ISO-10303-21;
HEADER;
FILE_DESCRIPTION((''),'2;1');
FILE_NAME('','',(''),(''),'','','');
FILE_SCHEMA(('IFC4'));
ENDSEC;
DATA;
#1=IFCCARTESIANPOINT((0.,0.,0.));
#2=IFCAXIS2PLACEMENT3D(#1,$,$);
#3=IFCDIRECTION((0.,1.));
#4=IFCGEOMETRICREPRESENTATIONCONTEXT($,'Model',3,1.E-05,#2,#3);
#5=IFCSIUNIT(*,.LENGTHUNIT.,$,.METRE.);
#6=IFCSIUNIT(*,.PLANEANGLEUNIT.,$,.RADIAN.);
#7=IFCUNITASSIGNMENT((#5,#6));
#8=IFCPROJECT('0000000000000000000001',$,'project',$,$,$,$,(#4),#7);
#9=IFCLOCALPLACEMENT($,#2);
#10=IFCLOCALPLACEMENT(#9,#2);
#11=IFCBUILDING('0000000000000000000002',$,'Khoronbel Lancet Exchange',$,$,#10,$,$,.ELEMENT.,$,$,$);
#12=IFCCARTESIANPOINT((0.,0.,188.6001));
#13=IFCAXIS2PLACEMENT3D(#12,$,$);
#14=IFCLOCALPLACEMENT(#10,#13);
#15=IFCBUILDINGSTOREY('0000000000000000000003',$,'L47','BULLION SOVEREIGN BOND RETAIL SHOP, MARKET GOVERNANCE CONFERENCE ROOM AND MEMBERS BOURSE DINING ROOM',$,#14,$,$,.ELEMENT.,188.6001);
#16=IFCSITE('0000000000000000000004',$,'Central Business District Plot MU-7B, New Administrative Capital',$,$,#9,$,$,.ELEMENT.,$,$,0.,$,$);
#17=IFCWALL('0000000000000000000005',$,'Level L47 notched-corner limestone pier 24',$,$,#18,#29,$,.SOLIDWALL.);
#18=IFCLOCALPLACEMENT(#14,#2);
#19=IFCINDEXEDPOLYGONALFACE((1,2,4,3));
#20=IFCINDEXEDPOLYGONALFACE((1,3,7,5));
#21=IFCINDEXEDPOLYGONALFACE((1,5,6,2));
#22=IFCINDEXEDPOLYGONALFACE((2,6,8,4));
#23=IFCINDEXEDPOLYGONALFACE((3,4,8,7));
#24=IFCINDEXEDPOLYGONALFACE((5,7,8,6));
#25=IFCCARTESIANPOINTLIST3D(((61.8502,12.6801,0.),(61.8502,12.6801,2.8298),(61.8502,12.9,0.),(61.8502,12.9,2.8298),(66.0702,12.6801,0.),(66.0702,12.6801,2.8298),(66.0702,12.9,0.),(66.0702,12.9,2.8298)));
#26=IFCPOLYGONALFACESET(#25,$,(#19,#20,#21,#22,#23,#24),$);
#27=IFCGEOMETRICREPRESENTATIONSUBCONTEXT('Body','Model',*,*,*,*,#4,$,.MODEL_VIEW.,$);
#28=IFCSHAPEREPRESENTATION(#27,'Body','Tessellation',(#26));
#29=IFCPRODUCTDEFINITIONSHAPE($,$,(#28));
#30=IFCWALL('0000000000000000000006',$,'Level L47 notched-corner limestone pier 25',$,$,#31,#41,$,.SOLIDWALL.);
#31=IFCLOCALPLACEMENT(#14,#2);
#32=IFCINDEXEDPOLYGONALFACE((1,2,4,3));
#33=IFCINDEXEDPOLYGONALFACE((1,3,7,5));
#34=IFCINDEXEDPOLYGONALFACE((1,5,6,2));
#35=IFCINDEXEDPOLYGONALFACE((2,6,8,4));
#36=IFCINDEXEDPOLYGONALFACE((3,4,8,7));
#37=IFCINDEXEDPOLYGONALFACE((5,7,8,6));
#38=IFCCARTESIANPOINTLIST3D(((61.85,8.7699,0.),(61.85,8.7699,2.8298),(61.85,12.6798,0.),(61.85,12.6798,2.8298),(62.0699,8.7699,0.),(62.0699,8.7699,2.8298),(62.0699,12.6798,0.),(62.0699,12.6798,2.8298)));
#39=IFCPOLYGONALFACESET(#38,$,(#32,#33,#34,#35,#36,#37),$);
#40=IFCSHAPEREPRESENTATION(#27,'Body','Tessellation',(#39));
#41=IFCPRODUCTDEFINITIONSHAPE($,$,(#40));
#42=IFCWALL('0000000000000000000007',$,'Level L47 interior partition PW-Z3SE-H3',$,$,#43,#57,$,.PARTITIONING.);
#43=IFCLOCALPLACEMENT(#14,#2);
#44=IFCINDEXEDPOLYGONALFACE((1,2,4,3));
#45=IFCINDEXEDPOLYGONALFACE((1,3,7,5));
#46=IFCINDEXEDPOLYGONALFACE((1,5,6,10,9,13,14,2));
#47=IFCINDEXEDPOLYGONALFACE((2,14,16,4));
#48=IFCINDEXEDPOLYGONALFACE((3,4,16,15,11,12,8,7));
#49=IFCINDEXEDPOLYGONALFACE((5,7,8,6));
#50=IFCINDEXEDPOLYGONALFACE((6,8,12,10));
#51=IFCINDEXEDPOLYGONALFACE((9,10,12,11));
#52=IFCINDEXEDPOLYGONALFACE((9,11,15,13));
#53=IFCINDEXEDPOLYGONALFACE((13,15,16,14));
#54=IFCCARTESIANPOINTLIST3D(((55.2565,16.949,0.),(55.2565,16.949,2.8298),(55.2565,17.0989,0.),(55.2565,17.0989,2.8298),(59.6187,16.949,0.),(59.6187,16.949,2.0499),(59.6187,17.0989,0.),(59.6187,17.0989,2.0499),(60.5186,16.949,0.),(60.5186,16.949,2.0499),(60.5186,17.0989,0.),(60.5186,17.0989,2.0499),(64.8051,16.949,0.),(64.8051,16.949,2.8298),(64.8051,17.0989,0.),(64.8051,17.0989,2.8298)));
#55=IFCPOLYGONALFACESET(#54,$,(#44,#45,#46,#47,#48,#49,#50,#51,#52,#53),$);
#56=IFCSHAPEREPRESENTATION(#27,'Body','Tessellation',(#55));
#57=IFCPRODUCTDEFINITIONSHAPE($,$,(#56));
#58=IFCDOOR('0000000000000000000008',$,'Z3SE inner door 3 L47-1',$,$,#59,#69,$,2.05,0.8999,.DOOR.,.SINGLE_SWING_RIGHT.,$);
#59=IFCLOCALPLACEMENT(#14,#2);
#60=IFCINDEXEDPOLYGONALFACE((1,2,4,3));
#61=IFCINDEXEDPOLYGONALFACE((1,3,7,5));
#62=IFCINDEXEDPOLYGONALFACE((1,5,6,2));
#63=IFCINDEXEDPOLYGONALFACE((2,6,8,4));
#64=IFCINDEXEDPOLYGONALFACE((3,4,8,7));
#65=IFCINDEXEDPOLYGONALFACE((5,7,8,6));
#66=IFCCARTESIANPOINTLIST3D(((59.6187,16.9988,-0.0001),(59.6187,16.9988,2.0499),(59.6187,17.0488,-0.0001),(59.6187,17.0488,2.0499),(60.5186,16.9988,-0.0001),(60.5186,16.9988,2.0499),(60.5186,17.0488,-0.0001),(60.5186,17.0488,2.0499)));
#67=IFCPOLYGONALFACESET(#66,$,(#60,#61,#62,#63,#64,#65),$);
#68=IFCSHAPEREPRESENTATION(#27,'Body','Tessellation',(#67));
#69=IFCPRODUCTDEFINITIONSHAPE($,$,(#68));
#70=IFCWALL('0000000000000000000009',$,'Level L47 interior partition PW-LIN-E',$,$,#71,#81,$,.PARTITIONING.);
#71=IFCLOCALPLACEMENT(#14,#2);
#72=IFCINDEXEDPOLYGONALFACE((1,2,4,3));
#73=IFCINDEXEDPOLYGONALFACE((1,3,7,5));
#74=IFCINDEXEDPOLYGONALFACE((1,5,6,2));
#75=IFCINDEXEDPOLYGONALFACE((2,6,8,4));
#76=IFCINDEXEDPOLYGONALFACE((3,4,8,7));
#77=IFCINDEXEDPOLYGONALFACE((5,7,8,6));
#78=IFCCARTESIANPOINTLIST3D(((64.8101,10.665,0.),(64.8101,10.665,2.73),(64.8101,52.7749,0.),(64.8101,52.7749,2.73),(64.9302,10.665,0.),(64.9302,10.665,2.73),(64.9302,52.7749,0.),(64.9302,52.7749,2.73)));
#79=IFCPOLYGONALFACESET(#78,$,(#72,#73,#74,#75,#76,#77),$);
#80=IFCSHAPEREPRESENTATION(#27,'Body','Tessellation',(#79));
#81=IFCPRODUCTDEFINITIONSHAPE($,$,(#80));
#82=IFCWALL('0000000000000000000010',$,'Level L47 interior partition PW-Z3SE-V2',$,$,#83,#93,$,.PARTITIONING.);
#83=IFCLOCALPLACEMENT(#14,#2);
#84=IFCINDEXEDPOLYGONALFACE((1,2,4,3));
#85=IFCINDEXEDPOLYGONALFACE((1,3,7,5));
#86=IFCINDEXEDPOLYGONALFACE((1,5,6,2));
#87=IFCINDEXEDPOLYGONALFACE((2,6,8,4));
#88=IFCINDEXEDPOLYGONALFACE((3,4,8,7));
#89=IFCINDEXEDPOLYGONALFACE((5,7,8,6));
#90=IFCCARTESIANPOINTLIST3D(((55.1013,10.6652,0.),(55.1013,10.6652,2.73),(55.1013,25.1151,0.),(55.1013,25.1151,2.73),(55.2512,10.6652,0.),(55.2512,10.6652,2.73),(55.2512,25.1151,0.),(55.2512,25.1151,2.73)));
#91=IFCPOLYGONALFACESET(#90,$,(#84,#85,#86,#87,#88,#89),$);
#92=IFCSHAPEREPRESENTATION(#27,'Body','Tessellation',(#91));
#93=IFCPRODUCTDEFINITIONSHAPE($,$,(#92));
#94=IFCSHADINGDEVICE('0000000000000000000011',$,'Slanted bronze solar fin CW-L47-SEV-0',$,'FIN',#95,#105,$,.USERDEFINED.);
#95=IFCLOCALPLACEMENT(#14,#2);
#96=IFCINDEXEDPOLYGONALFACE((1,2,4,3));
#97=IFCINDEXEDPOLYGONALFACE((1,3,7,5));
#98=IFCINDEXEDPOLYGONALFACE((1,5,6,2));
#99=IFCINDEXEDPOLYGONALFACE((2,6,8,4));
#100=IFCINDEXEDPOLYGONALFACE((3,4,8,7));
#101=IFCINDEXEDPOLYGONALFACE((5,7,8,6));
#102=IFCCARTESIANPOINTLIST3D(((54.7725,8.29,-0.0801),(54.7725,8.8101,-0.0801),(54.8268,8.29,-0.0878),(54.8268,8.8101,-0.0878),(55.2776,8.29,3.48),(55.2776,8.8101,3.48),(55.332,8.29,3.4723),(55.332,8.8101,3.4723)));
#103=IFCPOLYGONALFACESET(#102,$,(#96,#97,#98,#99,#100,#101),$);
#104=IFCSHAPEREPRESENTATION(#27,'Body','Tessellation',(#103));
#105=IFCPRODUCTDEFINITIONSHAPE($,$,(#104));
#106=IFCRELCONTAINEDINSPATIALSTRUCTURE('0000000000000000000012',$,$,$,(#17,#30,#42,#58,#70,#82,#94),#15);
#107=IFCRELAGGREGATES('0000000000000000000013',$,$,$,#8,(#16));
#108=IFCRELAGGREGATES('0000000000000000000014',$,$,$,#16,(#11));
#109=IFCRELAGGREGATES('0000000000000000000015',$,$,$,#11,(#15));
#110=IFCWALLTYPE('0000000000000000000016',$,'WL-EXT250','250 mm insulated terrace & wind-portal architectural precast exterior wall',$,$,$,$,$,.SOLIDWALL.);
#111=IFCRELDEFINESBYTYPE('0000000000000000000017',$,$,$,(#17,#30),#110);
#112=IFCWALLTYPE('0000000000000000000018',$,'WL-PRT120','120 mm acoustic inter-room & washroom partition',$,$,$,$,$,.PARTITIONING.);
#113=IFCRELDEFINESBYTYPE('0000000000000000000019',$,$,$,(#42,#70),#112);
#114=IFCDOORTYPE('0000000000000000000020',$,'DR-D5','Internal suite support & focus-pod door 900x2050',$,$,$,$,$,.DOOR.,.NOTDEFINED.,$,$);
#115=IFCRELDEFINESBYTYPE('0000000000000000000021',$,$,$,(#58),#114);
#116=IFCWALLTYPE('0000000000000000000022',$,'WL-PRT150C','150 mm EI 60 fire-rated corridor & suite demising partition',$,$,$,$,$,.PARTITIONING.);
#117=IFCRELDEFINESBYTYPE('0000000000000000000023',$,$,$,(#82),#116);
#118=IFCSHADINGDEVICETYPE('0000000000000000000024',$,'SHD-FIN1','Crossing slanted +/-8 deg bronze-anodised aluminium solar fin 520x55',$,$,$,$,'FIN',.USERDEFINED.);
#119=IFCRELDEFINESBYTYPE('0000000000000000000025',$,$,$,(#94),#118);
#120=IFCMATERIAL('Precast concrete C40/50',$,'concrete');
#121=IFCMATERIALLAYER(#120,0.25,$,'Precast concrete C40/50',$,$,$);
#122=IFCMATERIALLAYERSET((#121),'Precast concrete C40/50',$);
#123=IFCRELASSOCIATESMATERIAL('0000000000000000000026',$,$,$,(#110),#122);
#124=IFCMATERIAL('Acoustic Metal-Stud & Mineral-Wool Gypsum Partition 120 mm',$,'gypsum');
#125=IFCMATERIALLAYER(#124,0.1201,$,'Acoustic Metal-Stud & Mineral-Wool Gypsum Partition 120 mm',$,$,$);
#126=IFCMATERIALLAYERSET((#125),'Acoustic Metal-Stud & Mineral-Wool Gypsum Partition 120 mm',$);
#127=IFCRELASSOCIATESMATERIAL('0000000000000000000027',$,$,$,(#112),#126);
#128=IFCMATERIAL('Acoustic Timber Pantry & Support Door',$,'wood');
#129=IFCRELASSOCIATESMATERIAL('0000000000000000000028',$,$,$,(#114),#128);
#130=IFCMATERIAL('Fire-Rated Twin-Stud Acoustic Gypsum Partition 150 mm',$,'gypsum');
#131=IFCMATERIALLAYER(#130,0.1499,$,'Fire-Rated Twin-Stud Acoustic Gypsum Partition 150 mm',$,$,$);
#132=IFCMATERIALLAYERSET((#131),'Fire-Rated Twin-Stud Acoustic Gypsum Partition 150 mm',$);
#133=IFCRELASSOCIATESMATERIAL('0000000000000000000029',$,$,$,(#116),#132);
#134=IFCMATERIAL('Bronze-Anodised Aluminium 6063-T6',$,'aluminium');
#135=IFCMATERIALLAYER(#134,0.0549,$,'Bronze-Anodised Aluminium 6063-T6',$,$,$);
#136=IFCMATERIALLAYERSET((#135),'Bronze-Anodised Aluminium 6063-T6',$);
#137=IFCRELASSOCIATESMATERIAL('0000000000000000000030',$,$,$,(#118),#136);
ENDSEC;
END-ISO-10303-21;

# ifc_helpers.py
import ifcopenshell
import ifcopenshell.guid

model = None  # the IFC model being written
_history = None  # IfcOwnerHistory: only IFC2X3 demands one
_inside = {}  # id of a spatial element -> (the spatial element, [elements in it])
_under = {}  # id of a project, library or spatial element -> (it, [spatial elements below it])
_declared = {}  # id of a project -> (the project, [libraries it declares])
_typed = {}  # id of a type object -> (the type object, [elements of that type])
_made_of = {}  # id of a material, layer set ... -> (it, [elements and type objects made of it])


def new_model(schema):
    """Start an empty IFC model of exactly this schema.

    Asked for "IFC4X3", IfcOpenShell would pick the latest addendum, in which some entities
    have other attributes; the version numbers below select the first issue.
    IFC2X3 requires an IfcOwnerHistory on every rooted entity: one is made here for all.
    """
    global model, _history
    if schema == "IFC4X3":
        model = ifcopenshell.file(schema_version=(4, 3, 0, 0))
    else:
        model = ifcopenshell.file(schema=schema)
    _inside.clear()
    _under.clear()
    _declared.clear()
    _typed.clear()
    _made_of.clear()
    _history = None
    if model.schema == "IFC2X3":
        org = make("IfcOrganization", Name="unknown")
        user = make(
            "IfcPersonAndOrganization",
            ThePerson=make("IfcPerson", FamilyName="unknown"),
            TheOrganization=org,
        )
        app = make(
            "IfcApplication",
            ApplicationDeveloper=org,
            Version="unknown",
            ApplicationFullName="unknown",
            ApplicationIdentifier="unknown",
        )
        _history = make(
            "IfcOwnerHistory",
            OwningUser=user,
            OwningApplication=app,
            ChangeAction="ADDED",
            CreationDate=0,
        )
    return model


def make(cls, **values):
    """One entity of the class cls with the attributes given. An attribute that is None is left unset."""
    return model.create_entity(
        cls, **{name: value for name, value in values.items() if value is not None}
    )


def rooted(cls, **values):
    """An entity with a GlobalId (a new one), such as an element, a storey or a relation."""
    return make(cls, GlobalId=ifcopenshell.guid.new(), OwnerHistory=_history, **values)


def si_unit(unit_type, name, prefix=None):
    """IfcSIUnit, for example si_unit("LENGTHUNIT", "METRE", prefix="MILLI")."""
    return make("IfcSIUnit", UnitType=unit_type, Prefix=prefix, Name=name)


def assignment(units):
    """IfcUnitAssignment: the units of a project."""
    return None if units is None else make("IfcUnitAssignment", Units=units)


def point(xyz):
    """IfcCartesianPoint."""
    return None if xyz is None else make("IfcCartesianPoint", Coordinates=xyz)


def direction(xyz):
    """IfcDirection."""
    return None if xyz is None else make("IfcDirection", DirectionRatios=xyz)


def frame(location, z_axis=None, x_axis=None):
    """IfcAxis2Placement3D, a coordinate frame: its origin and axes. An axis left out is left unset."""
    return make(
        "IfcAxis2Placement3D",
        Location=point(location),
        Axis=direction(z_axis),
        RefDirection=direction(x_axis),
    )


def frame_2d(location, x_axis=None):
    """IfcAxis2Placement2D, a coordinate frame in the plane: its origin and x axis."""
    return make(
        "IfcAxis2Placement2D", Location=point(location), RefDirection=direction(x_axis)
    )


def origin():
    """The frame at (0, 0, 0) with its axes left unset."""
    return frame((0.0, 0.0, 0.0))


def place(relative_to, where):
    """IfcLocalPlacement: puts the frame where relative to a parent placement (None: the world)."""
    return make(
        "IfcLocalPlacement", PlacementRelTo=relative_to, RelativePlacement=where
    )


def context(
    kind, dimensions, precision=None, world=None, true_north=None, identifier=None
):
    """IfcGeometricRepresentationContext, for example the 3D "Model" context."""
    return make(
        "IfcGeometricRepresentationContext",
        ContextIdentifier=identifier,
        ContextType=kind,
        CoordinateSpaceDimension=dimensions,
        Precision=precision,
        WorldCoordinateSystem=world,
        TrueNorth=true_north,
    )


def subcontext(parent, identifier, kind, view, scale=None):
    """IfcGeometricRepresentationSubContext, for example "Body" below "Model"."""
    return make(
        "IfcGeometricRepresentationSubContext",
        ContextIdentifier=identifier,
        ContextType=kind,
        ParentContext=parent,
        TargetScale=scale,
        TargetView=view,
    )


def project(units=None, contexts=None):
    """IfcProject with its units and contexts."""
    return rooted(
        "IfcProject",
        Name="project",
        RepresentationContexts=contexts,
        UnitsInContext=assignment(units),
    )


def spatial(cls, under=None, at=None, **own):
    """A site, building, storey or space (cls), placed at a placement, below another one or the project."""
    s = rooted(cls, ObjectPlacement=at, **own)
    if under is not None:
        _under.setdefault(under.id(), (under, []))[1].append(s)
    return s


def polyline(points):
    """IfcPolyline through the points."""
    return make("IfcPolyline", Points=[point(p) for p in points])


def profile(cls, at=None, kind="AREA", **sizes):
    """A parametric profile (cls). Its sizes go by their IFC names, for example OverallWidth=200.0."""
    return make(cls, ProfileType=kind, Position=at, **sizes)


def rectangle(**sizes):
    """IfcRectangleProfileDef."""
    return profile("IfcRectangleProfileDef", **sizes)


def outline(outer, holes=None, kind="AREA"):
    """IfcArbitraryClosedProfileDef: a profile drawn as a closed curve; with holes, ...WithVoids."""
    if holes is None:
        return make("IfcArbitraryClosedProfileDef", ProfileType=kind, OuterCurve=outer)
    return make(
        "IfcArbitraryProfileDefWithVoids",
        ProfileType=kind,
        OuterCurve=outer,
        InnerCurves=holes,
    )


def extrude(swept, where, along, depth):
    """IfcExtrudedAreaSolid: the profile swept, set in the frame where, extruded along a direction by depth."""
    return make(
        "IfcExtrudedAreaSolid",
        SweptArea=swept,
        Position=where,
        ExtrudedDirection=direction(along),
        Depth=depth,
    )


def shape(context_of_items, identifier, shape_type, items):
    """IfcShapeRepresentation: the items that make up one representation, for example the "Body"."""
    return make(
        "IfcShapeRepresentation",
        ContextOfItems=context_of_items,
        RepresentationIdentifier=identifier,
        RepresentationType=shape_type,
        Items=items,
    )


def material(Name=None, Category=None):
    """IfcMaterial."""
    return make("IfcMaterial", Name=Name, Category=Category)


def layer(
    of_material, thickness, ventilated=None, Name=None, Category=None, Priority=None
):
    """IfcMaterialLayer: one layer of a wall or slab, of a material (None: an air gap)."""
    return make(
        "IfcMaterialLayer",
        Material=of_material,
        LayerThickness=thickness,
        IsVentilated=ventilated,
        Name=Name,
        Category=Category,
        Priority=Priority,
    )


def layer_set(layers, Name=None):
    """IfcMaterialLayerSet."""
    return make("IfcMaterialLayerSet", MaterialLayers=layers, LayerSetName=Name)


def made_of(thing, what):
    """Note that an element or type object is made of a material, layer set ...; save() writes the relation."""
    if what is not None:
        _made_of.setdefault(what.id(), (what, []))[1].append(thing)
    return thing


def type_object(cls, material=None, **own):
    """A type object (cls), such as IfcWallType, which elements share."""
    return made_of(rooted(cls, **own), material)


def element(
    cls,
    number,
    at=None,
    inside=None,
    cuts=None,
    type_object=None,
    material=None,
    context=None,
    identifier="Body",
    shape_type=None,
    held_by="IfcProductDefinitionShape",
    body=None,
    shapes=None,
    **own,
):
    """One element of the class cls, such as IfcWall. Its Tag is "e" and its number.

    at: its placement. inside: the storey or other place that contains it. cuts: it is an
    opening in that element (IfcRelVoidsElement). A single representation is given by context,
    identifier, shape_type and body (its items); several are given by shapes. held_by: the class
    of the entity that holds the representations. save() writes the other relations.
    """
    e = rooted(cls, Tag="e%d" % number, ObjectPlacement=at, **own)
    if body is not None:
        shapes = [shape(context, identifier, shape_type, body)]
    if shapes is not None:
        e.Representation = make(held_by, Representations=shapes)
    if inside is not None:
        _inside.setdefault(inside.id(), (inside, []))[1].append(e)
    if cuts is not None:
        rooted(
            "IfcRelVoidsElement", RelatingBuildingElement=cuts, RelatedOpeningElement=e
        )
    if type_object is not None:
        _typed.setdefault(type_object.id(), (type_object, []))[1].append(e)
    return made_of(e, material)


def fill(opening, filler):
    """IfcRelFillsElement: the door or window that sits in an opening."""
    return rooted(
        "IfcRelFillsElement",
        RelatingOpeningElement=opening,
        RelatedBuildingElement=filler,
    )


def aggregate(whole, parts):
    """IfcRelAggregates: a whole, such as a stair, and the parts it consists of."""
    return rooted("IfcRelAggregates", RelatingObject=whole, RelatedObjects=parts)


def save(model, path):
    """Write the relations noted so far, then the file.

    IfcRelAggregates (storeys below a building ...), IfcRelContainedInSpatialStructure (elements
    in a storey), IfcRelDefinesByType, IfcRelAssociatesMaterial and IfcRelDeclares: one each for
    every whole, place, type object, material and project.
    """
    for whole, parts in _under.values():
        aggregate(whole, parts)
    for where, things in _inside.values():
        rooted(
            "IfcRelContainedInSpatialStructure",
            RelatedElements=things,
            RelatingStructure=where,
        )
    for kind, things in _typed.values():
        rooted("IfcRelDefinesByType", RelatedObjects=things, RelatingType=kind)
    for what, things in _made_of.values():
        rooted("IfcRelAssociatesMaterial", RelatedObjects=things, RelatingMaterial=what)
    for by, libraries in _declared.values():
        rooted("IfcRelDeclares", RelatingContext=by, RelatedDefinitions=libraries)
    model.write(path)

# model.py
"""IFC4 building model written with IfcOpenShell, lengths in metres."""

from ifc_helpers import new_model, si_unit, direction, frame, frame_2d, origin, place, context, subcontext, project, spatial, polyline, rectangle, outline, extrude, material, layer, layer_set, type_object, element, fill, save


model = new_model("IFC4")

# Units and contexts
model_context = context("Model", 3, precision=1e-05, world=origin(), true_north=direction((0.0, 1.0)))
body_context = subcontext(model_context, "Body", "Model", "MODEL_VIEW")
ifc_project = project(units=[si_unit("LENGTHUNIT", "METRE"), si_unit("PLANEANGLEUNIT", "RADIAN")], contexts=[model_context])

# Site, building, storey
site_placement = place(None, origin())
site = spatial("IfcSite", under=ifc_project, at=site_placement, Name="Central Business District Plot MU-7B, New Administrative Capital", CompositionType="ELEMENT", RefElevation=0.0)
building_placement = place(site_placement, origin())
building = spatial("IfcBuilding", under=site, at=building_placement, Name="Khoronbel Lancet Exchange", CompositionType="ELEMENT")
storey_placement = place(building_placement, frame((0.0, 0.0, 188.6001)))
storey = spatial("IfcBuildingStorey", under=building, at=storey_placement, Name="L47", Description="BULLION SOVEREIGN BOND RETAIL SHOP, MARKET GOVERNANCE CONFERENCE ROOM AND MEMBERS BOURSE DINING ROOM", CompositionType="ELEMENT", Elevation=188.6001)

# Shared definitions
ifc_material_1 = material(Name="Bronze-Anodised Aluminium 6063-T6", Category="aluminium")

# Walls
ifc_material_2 = material(Name="Precast concrete C40/50", Category="concrete")
ifc_layer_1 = layer(ifc_material_2, 0.25, Name="Precast concrete C40/50")
ifc_layer_set_1 = layer_set([ifc_layer_1], Name="Precast concrete C40/50")
wall_type_1 = type_object("IfcWallType", Name="WL-EXT250", Description="250 mm insulated terrace & wind-portal architectural precast exterior wall", PredefinedType="SOLIDWALL", material=ifc_layer_set_1)
wall_1_placement = place(storey_placement, frame((66.0701, 12.79, 0.0), z_axis=(0.0, 0.0, 1.0), x_axis=(-1.0, 0.0, 0.0)))
element("IfcWall", 1, at=wall_1_placement, inside=storey, type_object=wall_type_1, Name="Level L47 notched-corner limestone pier 24", PredefinedType="SOLIDWALL", context=body_context, shape_type="SweptSolid", body=[
    extrude(rectangle(XDim=4.22, YDim=0.22, at=frame_2d((2.1099, 0.0))), origin(), (0.0, 0.0, 1.0), 2.8298),
])
wall_2_placement = place(storey_placement, frame((61.96, 12.6799, 0.0), z_axis=(0.0, 0.0, 1.0), x_axis=(0.0, -1.0, 0.0)))
element("IfcWall", 2, at=wall_2_placement, inside=storey, type_object=wall_type_1, Name="Level L47 notched-corner limestone pier 25", PredefinedType="SOLIDWALL", context=body_context, shape_type="SweptSolid", body=[
    extrude(rectangle(XDim=3.9099, YDim=0.22, at=frame_2d((1.9551, 0.0))), origin(), (0.0, 0.0, 1.0), 2.8298),
])

# Wall, opening, door
ifc_material_3 = material(Name="Acoustic Metal-Stud & Mineral-Wool Gypsum Partition 120 mm", Category="gypsum")
ifc_layer_2 = layer(ifc_material_3, 0.1201, Name="Acoustic Metal-Stud & Mineral-Wool Gypsum Partition 120 mm")
ifc_layer_set_2 = layer_set([ifc_layer_2], Name="Acoustic Metal-Stud & Mineral-Wool Gypsum Partition 120 mm")
wall_type_2 = type_object("IfcWallType", Name="WL-PRT120", Description="120 mm acoustic inter-room & washroom partition", PredefinedType="PARTITIONING", material=ifc_layer_set_2)
wall_3_placement = place(storey_placement, frame((55.2563, 17.0239, 0.0), z_axis=(0.0, 0.0, 1.0), x_axis=(1.0, 0.0, 0.0)))
wall_3 = element("IfcWall", 3, at=wall_3_placement, inside=storey, type_object=wall_type_2, Name="Level L47 interior partition PW-Z3SE-H3", PredefinedType="PARTITIONING", context=body_context, shape_type="SweptSolid", body=[
    extrude(rectangle(XDim=9.5486, YDim=0.1499, at=frame_2d((4.7744, 0.0))), origin(), (0.0, 0.0, 1.0), 2.8298),
])
opening_placement = place(wall_3_placement, frame((4.3623, 0.0, 0.0)))
opening = element("IfcOpeningElement", 4, at=opening_placement, cuts=wall_3, PredefinedType="OPENING", context=body_context, shape_type="SweptSolid", body=[
    extrude(rectangle(XDim=0.8999, YDim=2.05, at=frame_2d((0.45, 1.0249))), frame((0.0, 0.085, 0.0), z_axis=(0.0, -1.0, 0.0), x_axis=(1.0, 0.0, 0.0)), (0.0, 0.0, 1.0), 0.1699),
])
ifc_material_4 = material(Name="Acoustic Timber Pantry & Support Door", Category="wood")
door_type = type_object("IfcDoorType", Name="DR-D5", Description="Internal suite support & focus-pod door 900x2050", OperationType="NOTDEFINED", PredefinedType="DOOR", material=ifc_material_4)
door_placement = place(opening_placement, origin())
door = element("IfcDoor", 5, at=door_placement, inside=storey, type_object=door_type, Name="Z3SE inner door 3 L47-1", OperationType="SINGLE_SWING_RIGHT", OverallHeight=2.05, OverallWidth=0.8999, PredefinedType="DOOR", context=body_context, shape_type="SweptSolid", body=[
    extrude(rectangle(XDim=0.8999, YDim=2.05, at=frame_2d((0.45, 1.0249))), frame((0.0, 0.0249, 0.0), z_axis=(0.0, -1.0, 0.0), x_axis=(1.0, 0.0, 0.0)), (0.0, 0.0, 1.0), 0.05),
])
fill(opening, door)

# Walls
wall_4_placement = place(storey_placement, frame((64.8701, 10.665, 0.0), z_axis=(0.0, 0.0, 1.0), x_axis=(0.0, 1.0, 0.0)))
element("IfcWall", 6, at=wall_4_placement, inside=storey, type_object=wall_type_2, Name="Level L47 interior partition PW-LIN-E", PredefinedType="PARTITIONING", context=body_context, shape_type="SweptSolid", body=[
    extrude(rectangle(XDim=42.1099, YDim=0.1201, at=frame_2d((21.0549, 0.0))), origin(), (0.0, 0.0, 1.0), 2.73),
])
ifc_material_5 = material(Name="Fire-Rated Twin-Stud Acoustic Gypsum Partition 150 mm", Category="gypsum")
ifc_layer_3 = layer(ifc_material_5, 0.1499, Name="Fire-Rated Twin-Stud Acoustic Gypsum Partition 150 mm")
ifc_layer_set_3 = layer_set([ifc_layer_3], Name="Fire-Rated Twin-Stud Acoustic Gypsum Partition 150 mm")
wall_type_3 = type_object("IfcWallType", Name="WL-PRT150C", Description="150 mm EI 60 fire-rated corridor & suite demising partition", PredefinedType="PARTITIONING", material=ifc_layer_set_3)
wall_5_placement = place(storey_placement, frame((55.1763, 10.665, 0.0), z_axis=(0.0, 0.0, 1.0), x_axis=(0.0, 1.0, 0.0)))
element("IfcWall", 7, at=wall_5_placement, inside=storey, type_object=wall_type_3, Name="Level L47 interior partition PW-Z3SE-V2", PredefinedType="PARTITIONING", context=body_context, shape_type="SweptSolid", body=[
    extrude(rectangle(XDim=14.45, YDim=0.1499, at=frame_2d((7.2251, 0.0))), origin(), (0.0, 0.0, 1.0), 2.73),
])

# Shading device
ifc_layer_4 = layer(ifc_material_1, 0.0549, Name="Bronze-Anodised Aluminium 6063-T6")
ifc_layer_set_4 = layer_set([ifc_layer_4], Name="Bronze-Anodised Aluminium 6063-T6")
shading_device_type = type_object("IfcShadingDeviceType", Name="SHD-FIN1", Description="Crossing slanted +/-8 deg bronze-anodised aluminium solar fin 520x55", ElementType="FIN", PredefinedType="USERDEFINED", material=ifc_layer_set_4)
shading_device_placement = place(storey_placement, frame((54.7725, 8.8101, -0.0801), z_axis=(-0.990083, 0.0, 0.14048), x_axis=(0.0, -1.0, 0.0)))
element("IfcShadingDevice", 8, at=shading_device_placement, inside=storey, type_object=shading_device_type, Name="Slanted bronze solar fin CW-L47-SEV-0", ObjectType="FIN", PredefinedType="USERDEFINED", context=body_context, shape_type="SweptSolid", body=[
    extrude(outline(polyline([(0.0, 0.0), (0.52, 0.0), (0.52, 3.5957), (0.0, 3.5957), (0.0, 0.0)])), origin(), (0.0, 0.0, -1.0), 0.0549),
])

save(model, "model.ifc")
